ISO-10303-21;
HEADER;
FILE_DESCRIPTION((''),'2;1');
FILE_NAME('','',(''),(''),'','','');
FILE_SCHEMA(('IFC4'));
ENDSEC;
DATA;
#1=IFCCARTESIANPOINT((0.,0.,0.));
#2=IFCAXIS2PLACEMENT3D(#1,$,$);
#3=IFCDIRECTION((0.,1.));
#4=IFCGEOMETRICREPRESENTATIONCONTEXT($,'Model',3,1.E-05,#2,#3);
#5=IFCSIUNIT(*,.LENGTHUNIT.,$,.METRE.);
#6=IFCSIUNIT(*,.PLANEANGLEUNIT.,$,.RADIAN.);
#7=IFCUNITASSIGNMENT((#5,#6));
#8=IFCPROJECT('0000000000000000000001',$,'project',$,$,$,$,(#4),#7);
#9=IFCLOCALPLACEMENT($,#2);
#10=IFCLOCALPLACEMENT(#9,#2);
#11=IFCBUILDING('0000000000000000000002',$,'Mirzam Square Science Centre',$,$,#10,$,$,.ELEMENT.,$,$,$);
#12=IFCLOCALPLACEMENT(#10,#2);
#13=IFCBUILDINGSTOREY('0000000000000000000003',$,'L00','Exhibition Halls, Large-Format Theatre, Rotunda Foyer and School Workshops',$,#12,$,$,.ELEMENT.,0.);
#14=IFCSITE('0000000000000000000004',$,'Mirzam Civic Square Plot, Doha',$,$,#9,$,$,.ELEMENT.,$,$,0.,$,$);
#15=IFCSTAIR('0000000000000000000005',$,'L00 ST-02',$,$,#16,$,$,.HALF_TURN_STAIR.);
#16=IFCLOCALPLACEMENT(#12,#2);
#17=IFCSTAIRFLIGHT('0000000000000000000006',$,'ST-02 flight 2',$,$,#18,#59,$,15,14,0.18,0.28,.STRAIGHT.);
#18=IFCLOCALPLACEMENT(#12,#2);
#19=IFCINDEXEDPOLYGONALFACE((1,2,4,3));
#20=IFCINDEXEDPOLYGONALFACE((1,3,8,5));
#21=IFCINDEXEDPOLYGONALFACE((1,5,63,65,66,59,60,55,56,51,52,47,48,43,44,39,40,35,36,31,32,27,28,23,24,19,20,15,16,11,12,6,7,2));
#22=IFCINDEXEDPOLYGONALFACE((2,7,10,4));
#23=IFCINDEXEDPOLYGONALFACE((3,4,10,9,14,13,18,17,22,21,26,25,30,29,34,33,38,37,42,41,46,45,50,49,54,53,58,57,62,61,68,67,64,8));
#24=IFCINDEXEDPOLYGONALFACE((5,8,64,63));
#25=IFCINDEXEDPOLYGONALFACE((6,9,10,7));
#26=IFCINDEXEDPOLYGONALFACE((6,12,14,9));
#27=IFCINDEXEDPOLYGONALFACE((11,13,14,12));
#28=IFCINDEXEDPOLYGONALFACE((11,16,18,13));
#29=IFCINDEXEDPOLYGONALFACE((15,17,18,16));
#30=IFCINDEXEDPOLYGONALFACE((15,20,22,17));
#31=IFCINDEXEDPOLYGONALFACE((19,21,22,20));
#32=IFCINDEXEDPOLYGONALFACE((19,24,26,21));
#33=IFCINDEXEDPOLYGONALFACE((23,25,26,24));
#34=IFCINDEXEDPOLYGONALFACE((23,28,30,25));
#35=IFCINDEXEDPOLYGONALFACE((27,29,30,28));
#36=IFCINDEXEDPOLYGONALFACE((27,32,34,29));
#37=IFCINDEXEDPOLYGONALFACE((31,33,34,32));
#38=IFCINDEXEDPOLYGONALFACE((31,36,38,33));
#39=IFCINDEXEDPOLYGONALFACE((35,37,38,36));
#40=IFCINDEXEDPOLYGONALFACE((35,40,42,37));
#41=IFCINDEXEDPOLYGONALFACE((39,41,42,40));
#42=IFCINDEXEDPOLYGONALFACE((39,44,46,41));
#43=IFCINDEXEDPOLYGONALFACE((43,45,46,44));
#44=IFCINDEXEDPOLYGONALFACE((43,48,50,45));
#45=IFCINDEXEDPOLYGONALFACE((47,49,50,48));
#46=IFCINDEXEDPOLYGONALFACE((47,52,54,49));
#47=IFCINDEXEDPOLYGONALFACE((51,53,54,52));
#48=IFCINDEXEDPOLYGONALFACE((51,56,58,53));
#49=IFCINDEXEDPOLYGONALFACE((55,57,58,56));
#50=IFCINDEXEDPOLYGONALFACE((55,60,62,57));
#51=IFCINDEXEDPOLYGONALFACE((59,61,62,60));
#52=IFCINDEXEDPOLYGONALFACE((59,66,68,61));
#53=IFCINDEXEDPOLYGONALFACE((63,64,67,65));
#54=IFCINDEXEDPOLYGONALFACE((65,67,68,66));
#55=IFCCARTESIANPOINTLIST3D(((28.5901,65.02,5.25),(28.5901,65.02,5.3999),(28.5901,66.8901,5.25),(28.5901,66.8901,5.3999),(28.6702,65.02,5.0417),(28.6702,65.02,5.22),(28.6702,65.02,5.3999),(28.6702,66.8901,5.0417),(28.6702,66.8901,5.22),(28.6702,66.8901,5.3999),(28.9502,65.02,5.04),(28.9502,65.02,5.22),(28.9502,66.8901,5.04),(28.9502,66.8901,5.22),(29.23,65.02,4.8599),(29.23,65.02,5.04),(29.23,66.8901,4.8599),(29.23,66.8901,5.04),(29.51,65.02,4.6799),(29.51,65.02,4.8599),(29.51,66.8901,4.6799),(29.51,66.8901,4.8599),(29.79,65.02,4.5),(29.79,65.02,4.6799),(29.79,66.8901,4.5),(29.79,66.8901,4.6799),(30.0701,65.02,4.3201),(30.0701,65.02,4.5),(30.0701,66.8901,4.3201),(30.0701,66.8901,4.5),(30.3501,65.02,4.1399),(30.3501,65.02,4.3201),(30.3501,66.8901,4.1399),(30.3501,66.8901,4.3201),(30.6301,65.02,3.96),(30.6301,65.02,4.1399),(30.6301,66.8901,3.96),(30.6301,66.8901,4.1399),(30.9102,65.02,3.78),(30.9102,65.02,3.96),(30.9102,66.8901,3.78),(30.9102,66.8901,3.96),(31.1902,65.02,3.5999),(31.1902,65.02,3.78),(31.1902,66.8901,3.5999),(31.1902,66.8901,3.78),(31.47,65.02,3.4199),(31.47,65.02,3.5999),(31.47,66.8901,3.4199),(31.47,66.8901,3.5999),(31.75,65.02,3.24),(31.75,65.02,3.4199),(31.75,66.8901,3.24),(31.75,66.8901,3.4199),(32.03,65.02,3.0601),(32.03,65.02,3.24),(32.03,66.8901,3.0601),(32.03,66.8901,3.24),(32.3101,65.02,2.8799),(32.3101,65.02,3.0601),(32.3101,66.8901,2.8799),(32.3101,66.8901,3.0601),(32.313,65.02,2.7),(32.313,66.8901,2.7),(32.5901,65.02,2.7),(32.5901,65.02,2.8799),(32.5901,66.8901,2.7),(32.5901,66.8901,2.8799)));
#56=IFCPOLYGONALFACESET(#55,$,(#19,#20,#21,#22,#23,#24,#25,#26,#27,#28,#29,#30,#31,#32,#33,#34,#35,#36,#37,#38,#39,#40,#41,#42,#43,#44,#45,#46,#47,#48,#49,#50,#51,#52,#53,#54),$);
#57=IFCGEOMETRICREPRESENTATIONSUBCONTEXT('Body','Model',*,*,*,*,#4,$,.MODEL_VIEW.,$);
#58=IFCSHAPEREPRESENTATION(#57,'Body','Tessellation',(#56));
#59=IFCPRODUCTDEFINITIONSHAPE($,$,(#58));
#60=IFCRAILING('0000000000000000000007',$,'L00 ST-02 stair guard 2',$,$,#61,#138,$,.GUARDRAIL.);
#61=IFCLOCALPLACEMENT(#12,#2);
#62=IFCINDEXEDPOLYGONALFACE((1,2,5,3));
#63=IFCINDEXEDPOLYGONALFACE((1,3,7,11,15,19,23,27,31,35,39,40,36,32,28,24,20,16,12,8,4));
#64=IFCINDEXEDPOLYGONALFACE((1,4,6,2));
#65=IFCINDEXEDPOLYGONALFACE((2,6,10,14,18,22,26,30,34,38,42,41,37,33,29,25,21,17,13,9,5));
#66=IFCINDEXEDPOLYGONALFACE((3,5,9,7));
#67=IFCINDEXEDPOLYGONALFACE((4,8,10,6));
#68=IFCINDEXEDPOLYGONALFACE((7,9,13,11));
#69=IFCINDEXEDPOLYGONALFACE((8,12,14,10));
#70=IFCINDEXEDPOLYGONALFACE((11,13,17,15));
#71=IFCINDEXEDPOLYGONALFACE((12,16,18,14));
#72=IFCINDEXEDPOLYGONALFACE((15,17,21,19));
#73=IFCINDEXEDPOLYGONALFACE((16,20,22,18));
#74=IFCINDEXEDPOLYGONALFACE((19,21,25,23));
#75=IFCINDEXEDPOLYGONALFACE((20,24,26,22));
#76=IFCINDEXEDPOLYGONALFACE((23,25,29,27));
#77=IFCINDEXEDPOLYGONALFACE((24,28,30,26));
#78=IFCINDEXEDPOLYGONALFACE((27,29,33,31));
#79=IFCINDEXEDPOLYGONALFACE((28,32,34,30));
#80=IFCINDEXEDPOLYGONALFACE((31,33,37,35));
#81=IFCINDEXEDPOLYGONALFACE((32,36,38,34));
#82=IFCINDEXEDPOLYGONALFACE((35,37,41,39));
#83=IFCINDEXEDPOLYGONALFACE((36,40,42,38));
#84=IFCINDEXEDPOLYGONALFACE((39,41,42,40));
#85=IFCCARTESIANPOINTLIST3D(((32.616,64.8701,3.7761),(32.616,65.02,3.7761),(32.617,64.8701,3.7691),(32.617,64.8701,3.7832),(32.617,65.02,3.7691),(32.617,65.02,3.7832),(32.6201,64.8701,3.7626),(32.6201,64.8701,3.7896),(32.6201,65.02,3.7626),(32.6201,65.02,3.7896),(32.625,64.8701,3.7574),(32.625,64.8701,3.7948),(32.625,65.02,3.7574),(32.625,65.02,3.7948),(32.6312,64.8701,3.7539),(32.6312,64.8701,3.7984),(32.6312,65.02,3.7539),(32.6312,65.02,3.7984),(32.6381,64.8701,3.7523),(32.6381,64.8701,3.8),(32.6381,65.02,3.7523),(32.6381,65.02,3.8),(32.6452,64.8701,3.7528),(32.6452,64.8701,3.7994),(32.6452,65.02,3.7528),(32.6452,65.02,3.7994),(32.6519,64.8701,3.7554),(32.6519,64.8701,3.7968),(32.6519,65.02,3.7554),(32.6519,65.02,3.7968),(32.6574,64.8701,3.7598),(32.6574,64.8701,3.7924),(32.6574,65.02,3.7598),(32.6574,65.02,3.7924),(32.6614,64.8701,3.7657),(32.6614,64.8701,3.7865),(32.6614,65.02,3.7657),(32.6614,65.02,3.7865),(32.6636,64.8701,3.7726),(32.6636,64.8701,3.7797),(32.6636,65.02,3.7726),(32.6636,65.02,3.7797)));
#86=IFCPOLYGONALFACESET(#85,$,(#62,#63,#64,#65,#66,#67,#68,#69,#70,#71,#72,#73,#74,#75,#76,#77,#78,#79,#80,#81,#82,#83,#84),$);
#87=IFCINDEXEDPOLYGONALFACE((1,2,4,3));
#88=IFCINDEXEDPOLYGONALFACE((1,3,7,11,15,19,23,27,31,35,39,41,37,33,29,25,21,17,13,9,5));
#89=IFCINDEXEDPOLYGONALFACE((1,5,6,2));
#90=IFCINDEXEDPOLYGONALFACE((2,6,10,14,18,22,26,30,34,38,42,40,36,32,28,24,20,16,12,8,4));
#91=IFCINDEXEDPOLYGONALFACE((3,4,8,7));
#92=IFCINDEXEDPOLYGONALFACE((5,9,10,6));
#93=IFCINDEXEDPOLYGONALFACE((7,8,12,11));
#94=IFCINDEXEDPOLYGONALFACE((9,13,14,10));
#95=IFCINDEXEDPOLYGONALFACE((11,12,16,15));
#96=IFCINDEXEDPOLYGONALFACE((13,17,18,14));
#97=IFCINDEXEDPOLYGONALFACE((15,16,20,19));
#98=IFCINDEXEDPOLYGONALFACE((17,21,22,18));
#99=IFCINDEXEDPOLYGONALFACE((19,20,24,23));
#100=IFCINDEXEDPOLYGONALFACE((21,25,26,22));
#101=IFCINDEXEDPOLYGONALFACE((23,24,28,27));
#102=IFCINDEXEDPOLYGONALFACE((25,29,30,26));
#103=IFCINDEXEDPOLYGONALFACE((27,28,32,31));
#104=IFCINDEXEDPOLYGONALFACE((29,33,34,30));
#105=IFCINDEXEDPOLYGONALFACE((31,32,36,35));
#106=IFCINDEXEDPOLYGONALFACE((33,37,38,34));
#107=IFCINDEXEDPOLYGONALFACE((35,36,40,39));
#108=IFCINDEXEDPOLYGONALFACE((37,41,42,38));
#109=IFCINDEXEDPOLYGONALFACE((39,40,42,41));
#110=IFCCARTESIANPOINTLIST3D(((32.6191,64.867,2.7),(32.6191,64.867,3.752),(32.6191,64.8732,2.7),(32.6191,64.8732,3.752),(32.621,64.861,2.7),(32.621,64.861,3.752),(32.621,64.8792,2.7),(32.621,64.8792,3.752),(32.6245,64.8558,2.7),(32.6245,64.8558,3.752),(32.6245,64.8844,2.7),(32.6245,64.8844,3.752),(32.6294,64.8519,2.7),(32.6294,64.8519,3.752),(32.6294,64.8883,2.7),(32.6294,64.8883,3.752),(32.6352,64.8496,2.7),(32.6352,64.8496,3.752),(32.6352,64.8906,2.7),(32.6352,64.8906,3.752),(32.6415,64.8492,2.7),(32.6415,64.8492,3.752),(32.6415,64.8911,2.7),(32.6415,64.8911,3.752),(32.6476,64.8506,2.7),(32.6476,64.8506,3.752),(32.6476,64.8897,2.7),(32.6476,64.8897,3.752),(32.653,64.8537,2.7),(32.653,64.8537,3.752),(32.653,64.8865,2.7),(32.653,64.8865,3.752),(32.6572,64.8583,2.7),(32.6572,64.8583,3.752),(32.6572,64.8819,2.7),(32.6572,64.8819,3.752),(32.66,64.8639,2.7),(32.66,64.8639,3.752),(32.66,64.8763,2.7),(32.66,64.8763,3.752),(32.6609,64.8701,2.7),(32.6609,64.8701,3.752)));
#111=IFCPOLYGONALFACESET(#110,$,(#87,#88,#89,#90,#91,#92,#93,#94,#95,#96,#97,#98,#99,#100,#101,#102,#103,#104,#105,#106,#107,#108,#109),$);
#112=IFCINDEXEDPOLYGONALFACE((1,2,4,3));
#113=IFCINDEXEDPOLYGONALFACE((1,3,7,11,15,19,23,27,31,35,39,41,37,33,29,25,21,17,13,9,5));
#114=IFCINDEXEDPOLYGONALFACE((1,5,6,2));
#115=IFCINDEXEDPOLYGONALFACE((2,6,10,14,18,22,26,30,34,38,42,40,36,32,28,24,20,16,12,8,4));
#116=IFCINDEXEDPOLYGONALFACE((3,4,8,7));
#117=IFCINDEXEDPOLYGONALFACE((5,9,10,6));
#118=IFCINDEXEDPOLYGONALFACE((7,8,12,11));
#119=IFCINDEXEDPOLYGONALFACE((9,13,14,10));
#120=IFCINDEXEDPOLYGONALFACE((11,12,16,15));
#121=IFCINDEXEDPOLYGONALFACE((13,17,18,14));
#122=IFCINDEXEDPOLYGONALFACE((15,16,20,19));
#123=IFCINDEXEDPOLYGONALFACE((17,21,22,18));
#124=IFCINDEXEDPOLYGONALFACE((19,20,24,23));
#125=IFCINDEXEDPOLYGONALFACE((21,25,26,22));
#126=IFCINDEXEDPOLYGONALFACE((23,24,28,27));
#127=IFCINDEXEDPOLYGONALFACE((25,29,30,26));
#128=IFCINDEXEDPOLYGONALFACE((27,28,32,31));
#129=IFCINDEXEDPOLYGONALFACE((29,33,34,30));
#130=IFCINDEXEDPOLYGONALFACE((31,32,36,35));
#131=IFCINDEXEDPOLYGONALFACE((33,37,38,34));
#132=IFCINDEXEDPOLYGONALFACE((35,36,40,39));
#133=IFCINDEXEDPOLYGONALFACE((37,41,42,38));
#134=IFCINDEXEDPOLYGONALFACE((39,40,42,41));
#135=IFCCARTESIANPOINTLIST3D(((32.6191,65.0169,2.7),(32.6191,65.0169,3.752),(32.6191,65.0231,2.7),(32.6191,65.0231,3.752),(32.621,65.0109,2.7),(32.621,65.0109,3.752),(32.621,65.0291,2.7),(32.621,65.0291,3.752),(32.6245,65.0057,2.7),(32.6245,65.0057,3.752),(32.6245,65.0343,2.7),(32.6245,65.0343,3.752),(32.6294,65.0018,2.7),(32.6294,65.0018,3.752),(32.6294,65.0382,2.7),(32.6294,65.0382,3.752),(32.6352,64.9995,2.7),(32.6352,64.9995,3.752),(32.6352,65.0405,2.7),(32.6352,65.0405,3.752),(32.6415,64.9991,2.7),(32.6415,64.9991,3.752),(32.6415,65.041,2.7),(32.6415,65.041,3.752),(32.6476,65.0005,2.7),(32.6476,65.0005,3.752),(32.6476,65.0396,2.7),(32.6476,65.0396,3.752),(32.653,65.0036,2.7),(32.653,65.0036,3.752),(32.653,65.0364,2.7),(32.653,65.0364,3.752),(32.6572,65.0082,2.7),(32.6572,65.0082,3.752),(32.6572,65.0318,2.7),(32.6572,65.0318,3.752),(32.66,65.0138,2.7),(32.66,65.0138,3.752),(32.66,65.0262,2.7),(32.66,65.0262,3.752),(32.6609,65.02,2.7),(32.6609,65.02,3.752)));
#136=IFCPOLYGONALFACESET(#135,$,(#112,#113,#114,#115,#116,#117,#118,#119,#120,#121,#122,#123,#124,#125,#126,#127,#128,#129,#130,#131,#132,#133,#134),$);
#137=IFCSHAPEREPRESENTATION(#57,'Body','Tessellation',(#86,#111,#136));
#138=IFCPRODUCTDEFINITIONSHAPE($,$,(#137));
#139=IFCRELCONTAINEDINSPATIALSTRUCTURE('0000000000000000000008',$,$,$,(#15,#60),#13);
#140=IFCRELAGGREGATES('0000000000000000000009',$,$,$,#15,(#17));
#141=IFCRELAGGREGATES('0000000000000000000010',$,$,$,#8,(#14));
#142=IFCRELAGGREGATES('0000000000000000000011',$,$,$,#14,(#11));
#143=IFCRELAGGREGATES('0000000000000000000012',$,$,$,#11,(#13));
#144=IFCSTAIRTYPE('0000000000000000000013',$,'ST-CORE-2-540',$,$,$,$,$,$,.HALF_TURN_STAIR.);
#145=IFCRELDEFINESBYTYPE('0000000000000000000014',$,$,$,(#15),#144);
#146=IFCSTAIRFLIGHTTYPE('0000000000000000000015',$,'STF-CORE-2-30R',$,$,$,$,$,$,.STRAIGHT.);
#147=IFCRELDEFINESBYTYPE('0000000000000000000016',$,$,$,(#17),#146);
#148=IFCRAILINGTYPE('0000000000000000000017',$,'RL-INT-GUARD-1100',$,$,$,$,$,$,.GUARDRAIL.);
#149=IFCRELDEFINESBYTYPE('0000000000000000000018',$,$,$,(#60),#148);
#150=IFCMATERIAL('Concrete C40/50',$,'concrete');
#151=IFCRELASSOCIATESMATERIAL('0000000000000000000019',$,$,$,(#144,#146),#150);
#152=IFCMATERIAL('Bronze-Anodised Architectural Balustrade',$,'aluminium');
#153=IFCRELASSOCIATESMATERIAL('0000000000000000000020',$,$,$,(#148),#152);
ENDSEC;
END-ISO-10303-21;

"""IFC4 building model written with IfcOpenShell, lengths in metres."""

from ifc_helpers import new_model, si_unit, direction, frame, origin, origin_2d, place, context, subcontext, project, spatial, polyline, circle, outline, extrude, material, type_object, element, aggregate, save


model = new_model("IFC4")

# Units and contexts
model_context = context("Model", 3, precision=1e-05, world=origin(), true_north=direction((0.0, 1.0)))
body_context = subcontext(model_context, "Body", "Model", "MODEL_VIEW")
ifc_project = project(units=[si_unit("LENGTHUNIT", "METRE"), si_unit("PLANEANGLEUNIT", "RADIAN")], contexts=[model_context])

# Site, building, storey
site_placement = place(None, origin())
site = spatial("IfcSite", under=ifc_project, at=site_placement, Name="Mirzam Civic Square Plot, Doha", CompositionType="ELEMENT", RefElevation=0.0)
building_placement = place(site_placement, origin())
building = spatial("IfcBuilding", under=site, at=building_placement, Name="Mirzam Square Science Centre", CompositionType="ELEMENT")
storey_placement = place(building_placement, origin())
storey = spatial("IfcBuildingStorey", under=building, at=storey_placement, Name="L00", Description="Exhibition Halls, Large-Format Theatre, Rotunda Foyer and School Workshops", CompositionType="ELEMENT", Elevation=0.0)

# Stair, stair flight
ifc_material_1 = material(Name="Concrete C40/50", Category="concrete")
stair_type = type_object("IfcStairType", Name="ST-CORE-2-540", PredefinedType="HALF_TURN_STAIR", material=ifc_material_1)
stair_placement = place(storey_placement, origin())
stair = element("IfcStair", 1, at=stair_placement, inside=storey, type_object=stair_type, Name="L00 ST-02", PredefinedType="HALF_TURN_STAIR")
stair_flight_type = type_object("IfcStairFlightType", Name="STF-CORE-2-30R", PredefinedType="STRAIGHT", material=ifc_material_1)
stair_flight_placement = place(storey_placement, frame((32.5901, 65.9551, 2.7), z_axis=(0.0, 0.0, 1.0), x_axis=(-1.0, 0.0, 0.0)))
stair_flight = element("IfcStairFlight", 2, at=stair_flight_placement, type_object=stair_flight_type, Name="ST-02 flight 2", NumberOfRisers=15, NumberOfTreads=14, PredefinedType="STRAIGHT", RiserHeight=0.18, TreadLength=0.28, context=body_context, shape_type="SweptSolid", body=[
    extrude(outline(polyline([(0.0, 0.0), (0.0, 0.1799), (0.28, 0.1799), (0.28, 0.3601), (0.5601, 0.3601), (0.5601, 0.54), (0.8401, 0.54), (0.8401, 0.72), (1.1201, 0.72), (1.1201, 0.8999), (1.3999, 0.8999), (1.3999, 1.0801), (1.6799, 1.0801), (1.6799, 1.26), (1.96, 1.26), (1.96, 1.4399), (2.24, 1.4399), (2.24, 1.6201), (2.52, 1.6201), (2.52, 1.8), (2.8, 1.8), (2.8, 1.98), (3.0801, 1.98), (3.0801, 2.1599), (3.3601, 2.1599), (3.3601, 2.3401), (3.6399, 2.3401), (3.6399, 2.52), (3.9199, 2.52), (3.9199, 2.7), (4.0, 2.7), (4.0, 2.55), (3.9199, 2.3418), (0.2771, 0.0), (0.0, 0.0)])), frame((0.0, 0.9351, 0.0), z_axis=(0.0, -1.0, 0.0), x_axis=(1.0, 0.0, 0.0)), (0.0, 0.0, 1.0), 1.8701),
])
aggregate(stair, [stair_flight])

# Railing
ifc_material_2 = material(Name="Bronze-Anodised Architectural Balustrade", Category="aluminium")
railing_type_1 = type_object("IfcRailingType", Name="RL-INT-GUARD-1100", PredefinedType="GUARDRAIL", material=ifc_material_2)
railing_1_placement = place(storey_placement, frame((32.6399, 64.8701, 2.7)))
element("IfcRailing", 3, at=railing_1_placement, inside=storey, type_object=railing_type_1, Name="L00 ST-02 stair guard 2", PredefinedType="GUARDRAIL", context=body_context, shape_type="SweptSolid", body=[
    extrude(circle(Radius=0.0239, at=origin_2d()), frame((0.0, 0.0, 1.0762), z_axis=(0.0, 1.0, 0.0), x_axis=(-1.0, 0.0, 0.0)), (0.0, 0.0, 1.0), 0.1499),
    extrude(circle(Radius=0.021, at=origin_2d()), origin(), (0.0, 0.0, 1.0), 1.052),
    extrude(circle(Radius=0.021, at=origin_2d()), frame((0.0, 0.1499, 0.0)), (0.0, 0.0, 1.0), 1.052),
])

save(model, "model.ifc")
